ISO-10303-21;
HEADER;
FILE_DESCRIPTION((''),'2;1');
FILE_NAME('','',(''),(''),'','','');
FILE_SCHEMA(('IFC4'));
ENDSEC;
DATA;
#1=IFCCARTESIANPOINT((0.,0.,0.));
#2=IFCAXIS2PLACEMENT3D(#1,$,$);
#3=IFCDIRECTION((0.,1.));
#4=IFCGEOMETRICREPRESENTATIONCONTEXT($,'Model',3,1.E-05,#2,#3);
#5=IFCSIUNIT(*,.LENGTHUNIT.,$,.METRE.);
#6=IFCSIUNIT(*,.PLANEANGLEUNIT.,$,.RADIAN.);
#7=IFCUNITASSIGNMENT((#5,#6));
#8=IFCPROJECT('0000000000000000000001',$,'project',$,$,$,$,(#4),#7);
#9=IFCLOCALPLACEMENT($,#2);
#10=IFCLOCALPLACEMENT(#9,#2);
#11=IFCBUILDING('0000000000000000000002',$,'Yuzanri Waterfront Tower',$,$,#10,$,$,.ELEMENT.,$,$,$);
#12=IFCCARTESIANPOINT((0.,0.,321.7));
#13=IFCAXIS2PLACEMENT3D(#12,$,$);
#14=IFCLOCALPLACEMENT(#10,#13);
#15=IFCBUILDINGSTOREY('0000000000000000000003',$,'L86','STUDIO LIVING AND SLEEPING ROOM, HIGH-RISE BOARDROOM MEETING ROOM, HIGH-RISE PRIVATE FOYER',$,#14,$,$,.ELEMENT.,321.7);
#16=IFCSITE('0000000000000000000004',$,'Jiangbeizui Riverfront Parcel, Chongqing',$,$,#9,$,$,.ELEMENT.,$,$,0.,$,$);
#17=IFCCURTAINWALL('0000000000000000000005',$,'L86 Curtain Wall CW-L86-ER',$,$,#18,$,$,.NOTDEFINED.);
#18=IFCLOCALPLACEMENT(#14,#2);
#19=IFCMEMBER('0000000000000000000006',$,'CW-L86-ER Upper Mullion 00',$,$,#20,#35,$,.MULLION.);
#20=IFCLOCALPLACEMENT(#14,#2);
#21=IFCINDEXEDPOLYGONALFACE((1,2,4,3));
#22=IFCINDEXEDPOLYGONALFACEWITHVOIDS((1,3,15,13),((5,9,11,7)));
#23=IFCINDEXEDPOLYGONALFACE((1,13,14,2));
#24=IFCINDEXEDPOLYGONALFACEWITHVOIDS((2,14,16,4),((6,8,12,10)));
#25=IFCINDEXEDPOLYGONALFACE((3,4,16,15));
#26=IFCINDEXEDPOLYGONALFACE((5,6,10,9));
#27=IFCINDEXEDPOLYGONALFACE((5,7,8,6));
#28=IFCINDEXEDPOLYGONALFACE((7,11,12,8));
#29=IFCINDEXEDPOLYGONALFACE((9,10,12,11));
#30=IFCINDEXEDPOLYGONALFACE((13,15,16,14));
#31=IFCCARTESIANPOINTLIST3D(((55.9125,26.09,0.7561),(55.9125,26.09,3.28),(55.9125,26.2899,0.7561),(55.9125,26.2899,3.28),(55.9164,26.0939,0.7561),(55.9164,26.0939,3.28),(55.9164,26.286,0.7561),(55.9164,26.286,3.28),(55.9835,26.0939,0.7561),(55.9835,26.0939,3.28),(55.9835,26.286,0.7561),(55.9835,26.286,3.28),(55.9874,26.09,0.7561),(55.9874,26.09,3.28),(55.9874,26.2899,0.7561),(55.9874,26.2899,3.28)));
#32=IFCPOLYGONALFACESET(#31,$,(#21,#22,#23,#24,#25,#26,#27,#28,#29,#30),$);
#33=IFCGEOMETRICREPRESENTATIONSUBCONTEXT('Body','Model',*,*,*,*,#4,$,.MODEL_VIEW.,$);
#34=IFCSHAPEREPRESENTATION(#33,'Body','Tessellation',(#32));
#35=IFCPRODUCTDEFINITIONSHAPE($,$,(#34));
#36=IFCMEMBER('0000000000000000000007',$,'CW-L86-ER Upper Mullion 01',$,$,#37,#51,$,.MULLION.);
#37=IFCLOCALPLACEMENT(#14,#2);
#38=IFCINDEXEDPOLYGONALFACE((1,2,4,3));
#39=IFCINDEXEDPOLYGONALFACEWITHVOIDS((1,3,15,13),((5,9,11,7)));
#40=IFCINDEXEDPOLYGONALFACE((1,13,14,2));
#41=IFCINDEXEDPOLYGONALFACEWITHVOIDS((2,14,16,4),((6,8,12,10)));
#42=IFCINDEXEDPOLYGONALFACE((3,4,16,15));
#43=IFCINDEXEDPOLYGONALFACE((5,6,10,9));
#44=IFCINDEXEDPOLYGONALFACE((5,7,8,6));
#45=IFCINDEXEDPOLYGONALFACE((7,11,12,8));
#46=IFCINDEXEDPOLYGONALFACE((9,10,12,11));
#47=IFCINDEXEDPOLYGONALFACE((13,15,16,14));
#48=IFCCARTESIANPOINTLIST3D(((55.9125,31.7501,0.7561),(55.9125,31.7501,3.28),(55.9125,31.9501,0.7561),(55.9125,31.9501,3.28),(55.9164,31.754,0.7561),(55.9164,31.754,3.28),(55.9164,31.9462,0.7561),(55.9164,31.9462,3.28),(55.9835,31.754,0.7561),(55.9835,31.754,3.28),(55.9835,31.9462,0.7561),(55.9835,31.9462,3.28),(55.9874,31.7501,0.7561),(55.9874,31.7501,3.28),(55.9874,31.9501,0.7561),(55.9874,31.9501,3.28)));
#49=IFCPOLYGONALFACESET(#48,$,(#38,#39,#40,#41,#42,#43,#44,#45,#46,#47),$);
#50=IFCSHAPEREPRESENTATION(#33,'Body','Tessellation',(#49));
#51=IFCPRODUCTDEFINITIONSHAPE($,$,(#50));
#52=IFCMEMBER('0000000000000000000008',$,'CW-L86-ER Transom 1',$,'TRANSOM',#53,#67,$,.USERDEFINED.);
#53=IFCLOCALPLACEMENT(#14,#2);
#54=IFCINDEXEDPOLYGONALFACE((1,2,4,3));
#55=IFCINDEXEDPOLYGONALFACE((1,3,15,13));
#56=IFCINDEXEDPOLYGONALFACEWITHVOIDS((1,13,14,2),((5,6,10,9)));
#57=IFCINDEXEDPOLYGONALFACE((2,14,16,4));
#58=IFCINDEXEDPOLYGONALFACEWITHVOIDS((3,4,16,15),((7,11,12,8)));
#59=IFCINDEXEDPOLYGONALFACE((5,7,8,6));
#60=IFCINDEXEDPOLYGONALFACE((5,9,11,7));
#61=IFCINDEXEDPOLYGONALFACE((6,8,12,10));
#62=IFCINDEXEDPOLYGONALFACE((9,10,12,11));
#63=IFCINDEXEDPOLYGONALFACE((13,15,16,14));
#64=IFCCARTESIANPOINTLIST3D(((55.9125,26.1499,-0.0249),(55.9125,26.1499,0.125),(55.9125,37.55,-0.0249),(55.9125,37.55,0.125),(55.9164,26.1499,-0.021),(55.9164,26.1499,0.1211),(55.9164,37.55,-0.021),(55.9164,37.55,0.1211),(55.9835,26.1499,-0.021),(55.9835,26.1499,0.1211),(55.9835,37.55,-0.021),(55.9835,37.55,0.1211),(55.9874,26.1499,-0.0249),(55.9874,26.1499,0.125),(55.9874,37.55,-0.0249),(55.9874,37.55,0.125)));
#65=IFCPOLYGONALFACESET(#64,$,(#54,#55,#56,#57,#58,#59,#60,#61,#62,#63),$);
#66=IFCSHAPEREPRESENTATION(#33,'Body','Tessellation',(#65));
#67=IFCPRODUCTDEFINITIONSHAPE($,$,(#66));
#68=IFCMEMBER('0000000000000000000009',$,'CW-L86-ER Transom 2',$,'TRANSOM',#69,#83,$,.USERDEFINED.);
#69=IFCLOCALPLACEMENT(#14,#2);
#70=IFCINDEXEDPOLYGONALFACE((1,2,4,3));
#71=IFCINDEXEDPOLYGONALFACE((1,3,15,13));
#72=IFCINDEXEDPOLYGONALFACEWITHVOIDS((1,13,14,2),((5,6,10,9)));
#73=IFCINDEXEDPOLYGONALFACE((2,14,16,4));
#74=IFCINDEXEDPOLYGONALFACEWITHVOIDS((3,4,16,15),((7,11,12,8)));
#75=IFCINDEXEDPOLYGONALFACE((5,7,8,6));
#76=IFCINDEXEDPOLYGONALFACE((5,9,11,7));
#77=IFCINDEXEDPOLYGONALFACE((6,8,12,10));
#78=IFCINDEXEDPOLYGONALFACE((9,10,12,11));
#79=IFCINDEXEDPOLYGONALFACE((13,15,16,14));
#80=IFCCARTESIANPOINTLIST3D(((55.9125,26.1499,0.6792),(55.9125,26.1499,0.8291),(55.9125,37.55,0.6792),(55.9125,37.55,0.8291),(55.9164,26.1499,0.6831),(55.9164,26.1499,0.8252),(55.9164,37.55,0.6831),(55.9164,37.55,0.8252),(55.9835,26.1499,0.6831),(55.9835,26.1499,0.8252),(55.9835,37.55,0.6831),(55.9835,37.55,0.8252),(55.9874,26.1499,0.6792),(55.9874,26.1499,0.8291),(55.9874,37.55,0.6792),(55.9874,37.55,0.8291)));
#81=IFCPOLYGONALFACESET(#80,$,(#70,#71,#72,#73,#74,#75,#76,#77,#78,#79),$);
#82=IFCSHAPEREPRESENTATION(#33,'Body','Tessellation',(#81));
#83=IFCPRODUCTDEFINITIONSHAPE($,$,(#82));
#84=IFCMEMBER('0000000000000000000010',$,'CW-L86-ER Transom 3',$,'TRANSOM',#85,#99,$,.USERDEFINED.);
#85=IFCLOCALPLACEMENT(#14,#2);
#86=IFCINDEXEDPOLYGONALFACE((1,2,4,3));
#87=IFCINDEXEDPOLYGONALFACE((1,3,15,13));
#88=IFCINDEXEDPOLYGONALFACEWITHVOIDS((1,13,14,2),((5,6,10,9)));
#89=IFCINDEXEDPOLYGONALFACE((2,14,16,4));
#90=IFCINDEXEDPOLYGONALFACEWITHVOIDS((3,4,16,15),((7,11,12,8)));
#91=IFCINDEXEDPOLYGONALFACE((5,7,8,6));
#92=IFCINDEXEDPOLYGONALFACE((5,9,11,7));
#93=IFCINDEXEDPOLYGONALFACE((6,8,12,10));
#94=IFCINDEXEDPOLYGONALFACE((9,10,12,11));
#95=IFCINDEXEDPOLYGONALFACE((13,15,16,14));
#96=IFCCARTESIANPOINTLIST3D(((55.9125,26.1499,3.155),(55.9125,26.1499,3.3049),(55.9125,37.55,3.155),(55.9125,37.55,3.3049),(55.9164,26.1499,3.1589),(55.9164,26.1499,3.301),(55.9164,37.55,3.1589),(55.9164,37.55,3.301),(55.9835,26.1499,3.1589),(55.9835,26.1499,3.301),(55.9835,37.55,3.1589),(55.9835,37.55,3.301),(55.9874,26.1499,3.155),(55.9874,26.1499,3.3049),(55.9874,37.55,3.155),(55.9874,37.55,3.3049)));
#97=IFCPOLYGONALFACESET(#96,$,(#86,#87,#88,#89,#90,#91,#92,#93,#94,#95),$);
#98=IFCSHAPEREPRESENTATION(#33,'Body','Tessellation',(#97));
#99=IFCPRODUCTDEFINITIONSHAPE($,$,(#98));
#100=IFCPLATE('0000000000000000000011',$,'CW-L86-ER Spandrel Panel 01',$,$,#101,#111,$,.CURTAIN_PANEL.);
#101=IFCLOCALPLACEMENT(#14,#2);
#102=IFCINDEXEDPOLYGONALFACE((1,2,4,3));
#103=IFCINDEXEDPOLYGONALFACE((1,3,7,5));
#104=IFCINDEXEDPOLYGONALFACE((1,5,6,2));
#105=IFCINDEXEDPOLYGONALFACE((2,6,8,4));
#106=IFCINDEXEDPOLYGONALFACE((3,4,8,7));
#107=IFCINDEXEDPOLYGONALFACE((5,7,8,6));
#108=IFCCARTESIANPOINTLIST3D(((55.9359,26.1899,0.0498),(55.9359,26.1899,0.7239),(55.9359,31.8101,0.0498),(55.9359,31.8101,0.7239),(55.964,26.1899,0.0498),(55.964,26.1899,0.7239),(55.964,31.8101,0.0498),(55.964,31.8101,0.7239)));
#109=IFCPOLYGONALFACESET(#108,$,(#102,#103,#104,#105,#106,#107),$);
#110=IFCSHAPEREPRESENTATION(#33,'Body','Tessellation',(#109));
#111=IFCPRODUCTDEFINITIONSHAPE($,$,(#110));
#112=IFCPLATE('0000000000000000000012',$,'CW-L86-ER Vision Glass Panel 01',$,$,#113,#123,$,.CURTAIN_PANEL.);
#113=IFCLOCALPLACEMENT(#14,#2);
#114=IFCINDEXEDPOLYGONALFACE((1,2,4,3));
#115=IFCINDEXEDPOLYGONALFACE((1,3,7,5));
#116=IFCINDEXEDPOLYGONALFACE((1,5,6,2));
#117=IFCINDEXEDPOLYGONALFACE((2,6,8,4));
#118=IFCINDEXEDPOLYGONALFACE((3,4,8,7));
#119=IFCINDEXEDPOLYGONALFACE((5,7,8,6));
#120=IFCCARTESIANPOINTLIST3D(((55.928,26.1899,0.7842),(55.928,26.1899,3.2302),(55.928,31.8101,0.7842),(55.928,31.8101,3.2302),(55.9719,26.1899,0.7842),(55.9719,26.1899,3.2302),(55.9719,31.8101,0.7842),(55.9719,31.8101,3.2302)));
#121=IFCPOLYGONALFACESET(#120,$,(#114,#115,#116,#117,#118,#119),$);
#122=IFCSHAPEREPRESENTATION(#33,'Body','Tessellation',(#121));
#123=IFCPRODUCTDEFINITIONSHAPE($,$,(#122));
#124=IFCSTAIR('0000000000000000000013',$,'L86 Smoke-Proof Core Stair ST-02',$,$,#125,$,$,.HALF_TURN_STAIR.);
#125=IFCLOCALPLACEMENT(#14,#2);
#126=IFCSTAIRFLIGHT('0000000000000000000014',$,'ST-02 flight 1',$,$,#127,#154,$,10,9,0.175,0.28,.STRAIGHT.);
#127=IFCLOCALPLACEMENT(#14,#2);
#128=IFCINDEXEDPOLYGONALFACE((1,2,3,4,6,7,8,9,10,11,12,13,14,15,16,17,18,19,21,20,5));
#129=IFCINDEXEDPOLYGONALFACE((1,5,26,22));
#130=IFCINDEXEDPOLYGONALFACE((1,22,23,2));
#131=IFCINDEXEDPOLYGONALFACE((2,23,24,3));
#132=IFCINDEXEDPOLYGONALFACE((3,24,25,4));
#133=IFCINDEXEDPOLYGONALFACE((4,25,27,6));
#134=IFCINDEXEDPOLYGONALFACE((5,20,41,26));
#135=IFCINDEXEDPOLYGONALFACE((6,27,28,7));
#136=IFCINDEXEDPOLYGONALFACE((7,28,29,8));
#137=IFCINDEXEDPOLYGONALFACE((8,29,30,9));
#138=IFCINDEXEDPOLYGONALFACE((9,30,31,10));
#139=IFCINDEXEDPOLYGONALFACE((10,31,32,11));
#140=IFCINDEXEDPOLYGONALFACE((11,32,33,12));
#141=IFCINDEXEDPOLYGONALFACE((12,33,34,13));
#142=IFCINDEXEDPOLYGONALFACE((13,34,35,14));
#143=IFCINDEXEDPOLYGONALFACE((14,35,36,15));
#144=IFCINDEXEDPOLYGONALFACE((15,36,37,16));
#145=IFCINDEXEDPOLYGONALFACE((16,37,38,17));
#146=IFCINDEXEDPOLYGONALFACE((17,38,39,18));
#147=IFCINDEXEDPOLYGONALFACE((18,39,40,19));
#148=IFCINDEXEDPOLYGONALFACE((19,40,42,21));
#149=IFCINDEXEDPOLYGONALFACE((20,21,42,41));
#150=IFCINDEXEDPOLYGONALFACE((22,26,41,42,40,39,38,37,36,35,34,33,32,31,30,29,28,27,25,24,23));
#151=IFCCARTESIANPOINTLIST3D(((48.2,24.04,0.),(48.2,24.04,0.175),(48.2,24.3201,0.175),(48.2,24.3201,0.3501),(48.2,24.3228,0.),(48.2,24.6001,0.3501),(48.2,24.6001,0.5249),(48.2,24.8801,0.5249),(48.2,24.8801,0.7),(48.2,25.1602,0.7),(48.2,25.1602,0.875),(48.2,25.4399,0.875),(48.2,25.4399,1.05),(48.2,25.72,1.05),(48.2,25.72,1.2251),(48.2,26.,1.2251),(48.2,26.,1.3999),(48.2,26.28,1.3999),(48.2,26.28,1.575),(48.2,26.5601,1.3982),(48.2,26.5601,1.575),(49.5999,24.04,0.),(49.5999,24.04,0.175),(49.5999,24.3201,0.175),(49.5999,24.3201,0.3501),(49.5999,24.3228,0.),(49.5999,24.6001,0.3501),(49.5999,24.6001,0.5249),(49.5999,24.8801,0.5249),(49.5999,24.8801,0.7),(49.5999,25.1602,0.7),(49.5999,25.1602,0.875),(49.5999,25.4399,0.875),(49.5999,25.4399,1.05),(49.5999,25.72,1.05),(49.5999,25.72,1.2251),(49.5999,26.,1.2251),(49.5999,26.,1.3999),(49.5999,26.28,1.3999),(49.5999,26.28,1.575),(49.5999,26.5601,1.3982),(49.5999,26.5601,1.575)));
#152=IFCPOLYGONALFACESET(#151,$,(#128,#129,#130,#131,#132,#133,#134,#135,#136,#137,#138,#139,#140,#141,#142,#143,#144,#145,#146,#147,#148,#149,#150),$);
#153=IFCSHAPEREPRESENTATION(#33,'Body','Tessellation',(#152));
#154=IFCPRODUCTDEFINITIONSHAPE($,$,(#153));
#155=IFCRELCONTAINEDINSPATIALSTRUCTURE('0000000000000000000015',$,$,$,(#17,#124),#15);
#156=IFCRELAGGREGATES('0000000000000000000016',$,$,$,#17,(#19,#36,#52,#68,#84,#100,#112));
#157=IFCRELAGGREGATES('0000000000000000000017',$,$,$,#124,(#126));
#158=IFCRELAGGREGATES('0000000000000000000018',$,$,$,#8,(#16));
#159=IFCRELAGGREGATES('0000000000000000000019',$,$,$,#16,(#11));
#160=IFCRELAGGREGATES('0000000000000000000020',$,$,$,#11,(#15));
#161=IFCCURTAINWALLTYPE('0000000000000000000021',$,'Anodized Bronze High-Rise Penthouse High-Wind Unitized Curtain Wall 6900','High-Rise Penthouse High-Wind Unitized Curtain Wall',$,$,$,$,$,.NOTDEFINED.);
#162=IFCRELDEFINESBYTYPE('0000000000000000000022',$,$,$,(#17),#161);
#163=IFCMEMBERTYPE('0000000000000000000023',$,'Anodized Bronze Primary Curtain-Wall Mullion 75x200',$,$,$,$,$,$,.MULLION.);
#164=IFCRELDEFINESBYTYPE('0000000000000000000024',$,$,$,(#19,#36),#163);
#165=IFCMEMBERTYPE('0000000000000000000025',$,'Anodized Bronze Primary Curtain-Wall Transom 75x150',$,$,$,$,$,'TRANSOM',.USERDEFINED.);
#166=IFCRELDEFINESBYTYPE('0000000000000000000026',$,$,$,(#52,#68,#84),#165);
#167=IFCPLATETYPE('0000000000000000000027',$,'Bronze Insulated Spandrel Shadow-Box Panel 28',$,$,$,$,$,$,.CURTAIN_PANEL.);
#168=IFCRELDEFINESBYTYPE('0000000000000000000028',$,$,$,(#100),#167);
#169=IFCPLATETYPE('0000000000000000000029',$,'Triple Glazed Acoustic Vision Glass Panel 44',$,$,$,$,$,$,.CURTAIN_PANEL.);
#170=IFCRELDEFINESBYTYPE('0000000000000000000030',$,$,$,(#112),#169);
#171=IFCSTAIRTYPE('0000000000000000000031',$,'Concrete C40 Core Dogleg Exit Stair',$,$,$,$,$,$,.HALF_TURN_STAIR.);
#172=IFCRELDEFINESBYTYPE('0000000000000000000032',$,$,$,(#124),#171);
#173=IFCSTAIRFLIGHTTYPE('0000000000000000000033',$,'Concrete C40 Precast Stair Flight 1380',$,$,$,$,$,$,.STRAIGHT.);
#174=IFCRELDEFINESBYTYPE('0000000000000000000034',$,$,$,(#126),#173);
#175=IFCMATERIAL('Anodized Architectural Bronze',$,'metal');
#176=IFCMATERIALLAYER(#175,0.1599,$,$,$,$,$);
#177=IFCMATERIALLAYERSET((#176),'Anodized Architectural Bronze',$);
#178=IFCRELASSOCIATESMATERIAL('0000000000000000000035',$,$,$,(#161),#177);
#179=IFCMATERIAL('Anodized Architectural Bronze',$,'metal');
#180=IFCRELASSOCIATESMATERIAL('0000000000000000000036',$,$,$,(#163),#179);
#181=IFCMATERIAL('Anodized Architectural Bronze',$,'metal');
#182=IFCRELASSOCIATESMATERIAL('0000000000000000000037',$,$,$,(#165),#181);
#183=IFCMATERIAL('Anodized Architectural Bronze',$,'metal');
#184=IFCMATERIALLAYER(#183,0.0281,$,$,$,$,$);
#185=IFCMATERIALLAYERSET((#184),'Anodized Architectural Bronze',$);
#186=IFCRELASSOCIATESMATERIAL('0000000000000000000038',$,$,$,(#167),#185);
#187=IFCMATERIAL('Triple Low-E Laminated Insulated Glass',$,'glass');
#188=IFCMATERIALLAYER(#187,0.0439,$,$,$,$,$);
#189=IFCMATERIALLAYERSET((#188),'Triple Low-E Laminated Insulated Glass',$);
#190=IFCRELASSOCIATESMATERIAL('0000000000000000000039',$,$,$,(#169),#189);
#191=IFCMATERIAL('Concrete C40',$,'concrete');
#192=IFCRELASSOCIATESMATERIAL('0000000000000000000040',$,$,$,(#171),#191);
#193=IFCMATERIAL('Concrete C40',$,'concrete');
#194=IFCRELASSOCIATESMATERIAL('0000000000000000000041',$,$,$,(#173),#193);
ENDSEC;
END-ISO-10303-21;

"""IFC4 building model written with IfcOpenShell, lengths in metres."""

from ifc_helpers import new_model, si_unit, direction, frame, origin, origin_2d, place, context, subcontext, project, spatial, polyline, rectangle, hollow_rectangle, outline, extrude, source, transform, mapped, material, layer, layer_set, material_profile, profile_set, type_object, element, aggregate, save


model = new_model("IFC4")

# Units and contexts
model_context = context("Model", 3, precision=1e-05, world=origin(), true_north=direction((0.0, 1.0)))
body_context = subcontext(model_context, "Body", "Model", "MODEL_VIEW")
ifc_project = project(units=[si_unit("LENGTHUNIT", "METRE"), si_unit("PLANEANGLEUNIT", "RADIAN")], contexts=[model_context])

# Site, building, storey
site_placement = place(None, origin())
site = spatial("IfcSite", under=ifc_project, at=site_placement, Name="Jiangbeizui Riverfront Parcel, Chongqing", CompositionType="ELEMENT", RefElevation=0.0)
building_placement = place(site_placement, origin())
building = spatial("IfcBuilding", under=site, at=building_placement, Name="Yuzanri Waterfront Tower", CompositionType="ELEMENT")
storey_placement = place(building_placement, frame((0.0, 0.0, 321.7)))
storey = spatial("IfcBuildingStorey", under=building, at=storey_placement, Name="L86", Description="STUDIO LIVING AND SLEEPING ROOM, HIGH-RISE BOARDROOM MEETING ROOM, HIGH-RISE PRIVATE FOYER", CompositionType="ELEMENT", Elevation=321.7)

# Shared definitions
ifc_material_1 = material(Name="Anodized Architectural Bronze", Category="metal")
ifc_layer_1 = layer(ifc_material_1, 0.1599)
ifc_layer_set_1 = layer_set([ifc_layer_1], Name="Anodized Architectural Bronze")
curtain_wall_type = type_object("IfcCurtainWallType", Name="Anodized Bronze High-Rise Penthouse High-Wind Unitized Curtain Wall 6900", Description="High-Rise Penthouse High-Wind Unitized Curtain Wall", PredefinedType="NOTDEFINED", material=ifc_layer_set_1)
ifc_material_2 = material(Name="Anodized Architectural Bronze", Category="metal")
ifc_material_profile_1 = material_profile(ifc_material_2, hollow_rectangle(XDim=0.075, YDim=0.2, WallThickness=0.0039, at=origin_2d()), Name="CWM 75x200")
ifc_profile_set_1 = profile_set([ifc_material_profile_1], Name="Anodized Architectural Bronze")
member_type_1 = type_object("IfcMemberType", Name="Anodized Bronze Primary Curtain-Wall Mullion 75x200", PredefinedType="MULLION", material=ifc_profile_set_1)

# Curtain wall
curtain_wall_1_placement = place(storey_placement, origin())
curtain_wall_1 = element("IfcCurtainWall", 1, at=curtain_wall_1_placement, inside=storey, type_object=curtain_wall_type, Name="L86 Curtain Wall CW-L86-ER", PredefinedType="NOTDEFINED")

# Members
shared_shape_1 = source(origin(), body_context, "Body", "SweptSolid", [
    extrude(hollow_rectangle(XDim=0.075, YDim=0.2, WallThickness=0.0039, at=origin_2d()), origin(), (0.0, 0.0, 1.0), 2.5239),
])
member_1_placement = place(storey_placement, frame((55.95, 26.1899, 0.7561), z_axis=(0.0, 0.0, 1.0), x_axis=(1.0, 0.0, 0.0)))
member_1 = element("IfcMember", 2, at=member_1_placement, type_object=member_type_1, Name="CW-L86-ER Upper Mullion 00", PredefinedType="MULLION", context=body_context, shape_type="MappedRepresentation", body=[
    mapped(shared_shape_1, transform((0.0, 0.0, 0.0), scale=1.0)),
])
member_2_placement = place(storey_placement, frame((55.95, 31.8501, 0.7561), z_axis=(0.0, 0.0, 1.0), x_axis=(1.0, 0.0, 0.0)))
member_2 = element("IfcMember", 3, at=member_2_placement, type_object=member_type_1, Name="CW-L86-ER Upper Mullion 01", PredefinedType="MULLION", context=body_context, shape_type="MappedRepresentation", body=[
    mapped(shared_shape_1, transform((0.0, 0.0, 0.0), scale=1.0)),
])
ifc_material_3 = material(Name="Anodized Architectural Bronze", Category="metal")
ifc_material_profile_2 = material_profile(ifc_material_3, hollow_rectangle(XDim=0.075, YDim=0.1499, WallThickness=0.0039, at=origin_2d()), Name="CWT 75x150")
ifc_profile_set_2 = profile_set([ifc_material_profile_2], Name="Anodized Architectural Bronze")
member_type_2 = type_object("IfcMemberType", Name="Anodized Bronze Primary Curtain-Wall Transom 75x150", ElementType="TRANSOM", PredefinedType="USERDEFINED", material=ifc_profile_set_2)
shared_shape_2 = source(origin(), body_context, "Body", "SweptSolid", [
    extrude(hollow_rectangle(XDim=0.075, YDim=0.1499, WallThickness=0.0039, at=origin_2d()), origin(), (0.0, 0.0, 1.0), 11.4001),
])
member_3_placement = place(storey_placement, frame((55.95, 26.1499, 0.05), z_axis=(0.0, 1.0, 0.0), x_axis=(-1.0, 0.0, 0.0)))
member_3 = element("IfcMember", 4, at=member_3_placement, type_object=member_type_2, Name="CW-L86-ER Transom 1", ObjectType="TRANSOM", PredefinedType="USERDEFINED", context=body_context, shape_type="MappedRepresentation", body=[
    mapped(shared_shape_2, transform((0.0, 0.0, 0.0), scale=1.0)),
])
member_4_placement = place(storey_placement, frame((55.95, 26.1499, 0.7542), z_axis=(0.0, 1.0, 0.0), x_axis=(-1.0, 0.0, 0.0)))
member_4 = element("IfcMember", 5, at=member_4_placement, type_object=member_type_2, Name="CW-L86-ER Transom 2", ObjectType="TRANSOM", PredefinedType="USERDEFINED", context=body_context, shape_type="MappedRepresentation", body=[
    mapped(shared_shape_2, transform((0.0, 0.0, 0.0), scale=1.0)),
])
member_5_placement = place(storey_placement, frame((55.95, 26.1499, 3.23), z_axis=(0.0, 1.0, 0.0), x_axis=(-1.0, 0.0, 0.0)))
member_5 = element("IfcMember", 6, at=member_5_placement, type_object=member_type_2, Name="CW-L86-ER Transom 3", ObjectType="TRANSOM", PredefinedType="USERDEFINED", context=body_context, shape_type="MappedRepresentation", body=[
    mapped(shared_shape_2, transform((0.0, 0.0, 0.0), scale=1.0)),
])

# Plates
ifc_material_4 = material(Name="Anodized Architectural Bronze", Category="metal")
ifc_layer_2 = layer(ifc_material_4, 0.0281)
ifc_layer_set_2 = layer_set([ifc_layer_2], Name="Anodized Architectural Bronze")
plate_type_1 = type_object("IfcPlateType", Name="Bronze Insulated Spandrel Shadow-Box Panel 28", PredefinedType="CURTAIN_PANEL", material=ifc_layer_set_2)
shared_shape_3 = source(origin(), body_context, "Body", "SweptSolid", [
    extrude(rectangle(XDim=5.6201, YDim=0.0281, at=origin_2d()), origin(), (0.0, 0.0, 1.0), 0.6741),
])
plate_1_placement = place(storey_placement, frame((55.95, 29.0, 0.0498), z_axis=(0.0, 0.0, 1.0), x_axis=(0.0, 1.0, 0.0)))
plate_1 = element("IfcPlate", 7, at=plate_1_placement, type_object=plate_type_1, Name="CW-L86-ER Spandrel Panel 01", PredefinedType="CURTAIN_PANEL", context=body_context, shape_type="MappedRepresentation", body=[
    mapped(shared_shape_3, transform((0.0, 0.0, 0.0), scale=1.0)),
])
ifc_material_5 = material(Name="Triple Low-E Laminated Insulated Glass", Category="glass")
ifc_layer_3 = layer(ifc_material_5, 0.0439)
ifc_layer_set_3 = layer_set([ifc_layer_3], Name="Triple Low-E Laminated Insulated Glass")
plate_type_2 = type_object("IfcPlateType", Name="Triple Glazed Acoustic Vision Glass Panel 44", PredefinedType="CURTAIN_PANEL", material=ifc_layer_set_3)
shared_shape_4 = source(origin(), body_context, "Body", "SweptSolid", [
    extrude(rectangle(XDim=5.6201, YDim=0.0439, at=origin_2d()), origin(), (0.0, 0.0, 1.0), 2.446),
])
plate_2_placement = place(storey_placement, frame((55.95, 29.0, 0.7842), z_axis=(0.0, 0.0, 1.0), x_axis=(0.0, 1.0, 0.0)))
plate_2 = element("IfcPlate", 8, at=plate_2_placement, type_object=plate_type_2, Name="CW-L86-ER Vision Glass Panel 01", PredefinedType="CURTAIN_PANEL", context=body_context, shape_type="MappedRepresentation", body=[
    mapped(shared_shape_4, transform((0.0, 0.0, 0.0), scale=1.0)),
])
aggregate(curtain_wall_1, [member_1, member_2, member_3, member_4, member_5, plate_1, plate_2])

# Stair, stair flight
ifc_material_6 = material(Name="Concrete C40", Category="concrete")
stair_type = type_object("IfcStairType", Name="Concrete C40 Core Dogleg Exit Stair", PredefinedType="HALF_TURN_STAIR", material=ifc_material_6)
stair_placement = place(storey_placement, origin())
stair = element("IfcStair", 9, at=stair_placement, inside=storey, type_object=stair_type, Name="L86 Smoke-Proof Core Stair ST-02", PredefinedType="HALF_TURN_STAIR")
ifc_material_7 = material(Name="Concrete C40", Category="concrete")
stair_flight_type = type_object("IfcStairFlightType", Name="Concrete C40 Precast Stair Flight 1380", PredefinedType="STRAIGHT", material=ifc_material_7)
shared_shape_5 = source(origin(), body_context, "Body", "SweptSolid", [
    extrude(outline(polyline([(0.0, 0.0), (0.0, 0.175), (0.28, 0.175), (0.28, 0.3501), (0.5601, 0.3501), (0.5601, 0.5249), (0.8401, 0.5249), (0.8401, 0.7), (1.1201, 0.7), (1.1201, 0.875), (1.3999, 0.875), (1.3999, 1.05), (1.6799, 1.05), (1.6799, 1.2251), (1.96, 1.2251), (1.96, 1.3999), (2.24, 1.3999), (2.24, 1.575), (2.52, 1.575), (2.52, 1.75), (2.52, 1.3982), (0.2827, 0.0), (0.0, 0.0)])), frame((0.0, 0.7, 0.0), z_axis=(0.0, -1.0, 0.0), x_axis=(1.0, 0.0, 0.0)), (0.0, 0.0, 1.0), 1.3999),
])
stair_flight_placement = place(storey_placement, frame((48.8999, 24.04, 0.0), z_axis=(0.0, 0.0, 1.0), x_axis=(0.0, 1.0, 0.0)))
stair_flight = element("IfcStairFlight", 10, at=stair_flight_placement, type_object=stair_flight_type, Name="ST-02 flight 1", NumberOfRisers=10, NumberOfTreads=9, PredefinedType="STRAIGHT", RiserHeight=0.175, TreadLength=0.28, context=body_context, shape_type="MappedRepresentation", body=[
    mapped(shared_shape_5, transform((0.0, 0.0, 0.0), scale=1.0)),
])
aggregate(stair, [stair_flight])

save(model, "model.ifc")
